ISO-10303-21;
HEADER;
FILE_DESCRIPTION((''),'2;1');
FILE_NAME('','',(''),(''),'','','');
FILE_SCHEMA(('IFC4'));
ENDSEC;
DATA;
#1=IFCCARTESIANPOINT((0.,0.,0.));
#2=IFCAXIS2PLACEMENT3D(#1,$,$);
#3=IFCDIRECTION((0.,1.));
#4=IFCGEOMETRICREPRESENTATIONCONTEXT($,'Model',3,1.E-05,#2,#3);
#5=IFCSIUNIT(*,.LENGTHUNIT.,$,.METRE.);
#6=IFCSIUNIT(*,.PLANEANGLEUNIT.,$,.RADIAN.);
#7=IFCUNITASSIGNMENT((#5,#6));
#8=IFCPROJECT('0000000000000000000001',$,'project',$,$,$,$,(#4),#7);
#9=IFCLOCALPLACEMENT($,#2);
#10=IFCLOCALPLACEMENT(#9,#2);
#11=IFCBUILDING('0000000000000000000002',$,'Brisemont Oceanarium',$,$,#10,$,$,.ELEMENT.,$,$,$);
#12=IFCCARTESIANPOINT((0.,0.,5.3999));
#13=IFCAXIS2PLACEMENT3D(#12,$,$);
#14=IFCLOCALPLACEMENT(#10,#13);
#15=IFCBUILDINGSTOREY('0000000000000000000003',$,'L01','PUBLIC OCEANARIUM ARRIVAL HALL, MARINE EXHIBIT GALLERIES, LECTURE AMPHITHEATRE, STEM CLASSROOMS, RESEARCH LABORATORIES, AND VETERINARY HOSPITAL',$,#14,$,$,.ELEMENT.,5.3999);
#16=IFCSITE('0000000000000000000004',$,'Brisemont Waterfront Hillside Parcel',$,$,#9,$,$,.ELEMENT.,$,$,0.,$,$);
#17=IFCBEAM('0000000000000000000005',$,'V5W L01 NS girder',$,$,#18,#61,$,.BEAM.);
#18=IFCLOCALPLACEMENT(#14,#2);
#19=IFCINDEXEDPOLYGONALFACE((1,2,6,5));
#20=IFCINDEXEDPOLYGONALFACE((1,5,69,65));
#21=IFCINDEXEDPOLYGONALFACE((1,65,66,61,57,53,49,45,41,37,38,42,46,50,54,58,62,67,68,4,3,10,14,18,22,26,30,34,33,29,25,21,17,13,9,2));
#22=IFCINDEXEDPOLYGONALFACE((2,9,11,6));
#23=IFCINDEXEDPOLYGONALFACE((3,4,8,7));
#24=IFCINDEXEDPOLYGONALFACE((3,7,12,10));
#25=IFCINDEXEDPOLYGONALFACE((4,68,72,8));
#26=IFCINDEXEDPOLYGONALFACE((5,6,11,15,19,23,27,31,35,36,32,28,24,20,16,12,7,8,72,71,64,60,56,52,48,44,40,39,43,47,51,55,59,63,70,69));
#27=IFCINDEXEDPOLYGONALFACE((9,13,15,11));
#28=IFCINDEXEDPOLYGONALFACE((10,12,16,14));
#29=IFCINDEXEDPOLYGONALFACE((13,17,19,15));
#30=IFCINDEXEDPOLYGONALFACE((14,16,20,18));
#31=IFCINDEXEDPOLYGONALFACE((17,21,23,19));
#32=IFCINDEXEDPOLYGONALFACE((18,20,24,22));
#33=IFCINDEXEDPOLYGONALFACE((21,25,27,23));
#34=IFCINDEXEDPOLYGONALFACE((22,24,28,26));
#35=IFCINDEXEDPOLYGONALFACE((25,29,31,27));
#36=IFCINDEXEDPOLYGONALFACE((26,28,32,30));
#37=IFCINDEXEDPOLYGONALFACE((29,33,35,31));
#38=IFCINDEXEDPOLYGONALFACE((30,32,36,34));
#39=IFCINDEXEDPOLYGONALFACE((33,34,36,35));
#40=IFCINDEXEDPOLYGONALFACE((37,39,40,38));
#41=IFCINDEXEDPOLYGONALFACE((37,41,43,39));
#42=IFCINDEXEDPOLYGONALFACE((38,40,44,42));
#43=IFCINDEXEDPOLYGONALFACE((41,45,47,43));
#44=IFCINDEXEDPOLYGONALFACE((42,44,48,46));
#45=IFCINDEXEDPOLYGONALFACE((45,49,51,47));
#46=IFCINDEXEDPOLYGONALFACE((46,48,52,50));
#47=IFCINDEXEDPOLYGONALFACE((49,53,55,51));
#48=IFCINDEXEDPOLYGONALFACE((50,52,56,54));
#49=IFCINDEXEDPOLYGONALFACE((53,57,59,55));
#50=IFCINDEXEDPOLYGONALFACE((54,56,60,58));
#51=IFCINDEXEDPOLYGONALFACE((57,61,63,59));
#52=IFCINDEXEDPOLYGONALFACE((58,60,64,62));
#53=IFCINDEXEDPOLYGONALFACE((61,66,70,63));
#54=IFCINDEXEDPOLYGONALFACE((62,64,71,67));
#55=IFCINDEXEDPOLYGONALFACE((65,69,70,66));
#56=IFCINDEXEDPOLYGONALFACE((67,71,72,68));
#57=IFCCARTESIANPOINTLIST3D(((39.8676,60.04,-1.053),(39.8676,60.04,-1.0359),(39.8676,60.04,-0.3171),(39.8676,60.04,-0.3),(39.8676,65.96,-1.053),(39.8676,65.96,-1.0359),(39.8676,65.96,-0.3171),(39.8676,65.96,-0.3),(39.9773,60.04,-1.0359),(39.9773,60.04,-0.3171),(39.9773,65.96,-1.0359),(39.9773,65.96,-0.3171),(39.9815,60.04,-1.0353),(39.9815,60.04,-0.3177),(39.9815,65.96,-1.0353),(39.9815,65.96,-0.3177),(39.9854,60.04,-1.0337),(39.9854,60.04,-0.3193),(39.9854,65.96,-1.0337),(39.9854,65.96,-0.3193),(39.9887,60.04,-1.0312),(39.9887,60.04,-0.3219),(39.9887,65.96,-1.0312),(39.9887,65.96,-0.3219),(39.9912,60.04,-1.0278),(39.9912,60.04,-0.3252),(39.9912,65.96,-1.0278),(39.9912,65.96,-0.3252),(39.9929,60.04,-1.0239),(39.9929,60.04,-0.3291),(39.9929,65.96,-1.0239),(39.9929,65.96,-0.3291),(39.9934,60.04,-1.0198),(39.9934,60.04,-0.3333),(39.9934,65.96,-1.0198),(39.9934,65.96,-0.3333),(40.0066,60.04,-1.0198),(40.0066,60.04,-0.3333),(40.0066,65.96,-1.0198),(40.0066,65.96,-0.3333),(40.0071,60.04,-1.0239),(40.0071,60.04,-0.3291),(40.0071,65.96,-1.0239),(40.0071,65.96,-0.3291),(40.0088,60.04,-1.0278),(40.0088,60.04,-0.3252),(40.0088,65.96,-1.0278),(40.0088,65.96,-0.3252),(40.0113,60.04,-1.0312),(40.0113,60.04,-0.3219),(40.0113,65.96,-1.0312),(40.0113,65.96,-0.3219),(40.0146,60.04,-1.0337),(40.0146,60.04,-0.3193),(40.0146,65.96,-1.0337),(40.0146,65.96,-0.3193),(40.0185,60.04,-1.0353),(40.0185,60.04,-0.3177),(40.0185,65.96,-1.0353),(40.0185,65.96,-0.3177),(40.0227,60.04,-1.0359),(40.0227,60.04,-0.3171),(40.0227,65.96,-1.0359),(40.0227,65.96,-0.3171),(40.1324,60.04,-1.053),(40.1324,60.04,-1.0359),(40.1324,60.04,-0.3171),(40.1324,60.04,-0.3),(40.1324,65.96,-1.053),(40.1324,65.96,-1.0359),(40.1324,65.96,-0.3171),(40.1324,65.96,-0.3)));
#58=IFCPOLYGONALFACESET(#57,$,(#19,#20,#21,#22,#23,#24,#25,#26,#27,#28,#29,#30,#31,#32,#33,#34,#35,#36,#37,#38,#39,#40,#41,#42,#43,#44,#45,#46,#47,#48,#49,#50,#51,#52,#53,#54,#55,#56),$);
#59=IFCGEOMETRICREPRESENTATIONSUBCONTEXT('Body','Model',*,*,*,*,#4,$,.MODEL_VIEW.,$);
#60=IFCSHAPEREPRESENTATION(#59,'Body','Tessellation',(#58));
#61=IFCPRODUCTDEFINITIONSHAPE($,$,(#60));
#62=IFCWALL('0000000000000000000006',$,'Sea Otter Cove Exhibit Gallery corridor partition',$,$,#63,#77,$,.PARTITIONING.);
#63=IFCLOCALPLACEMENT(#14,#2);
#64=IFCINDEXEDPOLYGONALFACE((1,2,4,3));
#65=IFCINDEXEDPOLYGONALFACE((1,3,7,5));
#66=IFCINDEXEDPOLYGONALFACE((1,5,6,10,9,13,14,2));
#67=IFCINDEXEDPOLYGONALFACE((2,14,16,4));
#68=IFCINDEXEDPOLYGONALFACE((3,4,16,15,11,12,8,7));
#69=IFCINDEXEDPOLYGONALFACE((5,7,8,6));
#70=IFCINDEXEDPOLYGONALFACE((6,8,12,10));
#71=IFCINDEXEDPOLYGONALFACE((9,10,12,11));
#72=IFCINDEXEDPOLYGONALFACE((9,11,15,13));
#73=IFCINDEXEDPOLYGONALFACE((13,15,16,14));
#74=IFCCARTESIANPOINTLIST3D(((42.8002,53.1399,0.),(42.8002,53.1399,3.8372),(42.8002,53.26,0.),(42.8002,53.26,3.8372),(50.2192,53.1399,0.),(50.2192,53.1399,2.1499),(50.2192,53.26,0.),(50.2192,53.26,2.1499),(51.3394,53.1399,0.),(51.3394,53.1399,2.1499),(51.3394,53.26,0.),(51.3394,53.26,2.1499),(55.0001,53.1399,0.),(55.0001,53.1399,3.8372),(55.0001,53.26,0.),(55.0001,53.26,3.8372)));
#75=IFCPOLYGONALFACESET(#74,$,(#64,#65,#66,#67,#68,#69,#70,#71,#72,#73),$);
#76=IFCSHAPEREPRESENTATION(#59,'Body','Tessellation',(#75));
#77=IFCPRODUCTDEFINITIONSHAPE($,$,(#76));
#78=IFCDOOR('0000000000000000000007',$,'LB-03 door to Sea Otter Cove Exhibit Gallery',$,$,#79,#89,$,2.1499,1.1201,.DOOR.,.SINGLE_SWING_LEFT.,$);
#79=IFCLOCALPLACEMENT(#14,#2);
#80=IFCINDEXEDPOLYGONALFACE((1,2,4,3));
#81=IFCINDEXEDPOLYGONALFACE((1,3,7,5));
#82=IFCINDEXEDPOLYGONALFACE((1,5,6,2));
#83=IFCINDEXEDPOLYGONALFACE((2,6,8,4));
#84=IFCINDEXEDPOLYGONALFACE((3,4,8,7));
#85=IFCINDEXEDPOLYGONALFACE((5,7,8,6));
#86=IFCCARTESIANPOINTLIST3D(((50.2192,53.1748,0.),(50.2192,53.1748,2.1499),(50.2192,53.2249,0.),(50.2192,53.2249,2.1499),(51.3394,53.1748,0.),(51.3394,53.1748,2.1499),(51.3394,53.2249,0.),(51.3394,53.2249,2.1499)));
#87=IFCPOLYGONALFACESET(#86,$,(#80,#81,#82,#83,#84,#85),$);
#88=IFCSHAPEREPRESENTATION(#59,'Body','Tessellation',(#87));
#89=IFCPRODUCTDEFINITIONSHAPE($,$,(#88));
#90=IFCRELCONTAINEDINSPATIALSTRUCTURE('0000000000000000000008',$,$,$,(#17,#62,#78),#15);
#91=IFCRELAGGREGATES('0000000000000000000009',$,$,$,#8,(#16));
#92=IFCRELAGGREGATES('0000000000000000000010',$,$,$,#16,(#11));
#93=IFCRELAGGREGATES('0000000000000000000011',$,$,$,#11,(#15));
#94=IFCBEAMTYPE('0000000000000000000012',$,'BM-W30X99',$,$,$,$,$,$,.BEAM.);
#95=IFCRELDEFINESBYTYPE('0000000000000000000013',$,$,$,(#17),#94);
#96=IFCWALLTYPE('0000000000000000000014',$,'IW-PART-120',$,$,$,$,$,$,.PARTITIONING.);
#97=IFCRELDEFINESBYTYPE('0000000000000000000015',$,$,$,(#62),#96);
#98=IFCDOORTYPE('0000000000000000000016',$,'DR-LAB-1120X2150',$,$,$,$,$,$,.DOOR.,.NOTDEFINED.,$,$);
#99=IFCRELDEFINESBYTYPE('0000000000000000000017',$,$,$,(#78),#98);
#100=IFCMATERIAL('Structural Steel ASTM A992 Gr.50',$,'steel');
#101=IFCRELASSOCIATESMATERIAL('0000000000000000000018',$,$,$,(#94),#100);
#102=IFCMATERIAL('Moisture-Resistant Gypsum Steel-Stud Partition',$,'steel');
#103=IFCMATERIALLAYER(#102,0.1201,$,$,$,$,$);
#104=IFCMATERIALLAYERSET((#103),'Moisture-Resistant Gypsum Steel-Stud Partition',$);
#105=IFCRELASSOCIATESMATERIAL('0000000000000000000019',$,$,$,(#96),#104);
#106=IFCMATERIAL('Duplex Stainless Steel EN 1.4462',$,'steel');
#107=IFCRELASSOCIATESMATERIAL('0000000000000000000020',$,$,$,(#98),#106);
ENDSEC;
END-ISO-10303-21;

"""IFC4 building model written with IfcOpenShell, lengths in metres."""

from ifc_helpers import new_model, si_unit, direction, frame, frame_2d, origin, origin_2d, place, context, subcontext, project, spatial, rectangle, i_section, extrude, material, layer, layer_set, material_profile, profile_set, type_object, element, fill, save


model = new_model("IFC4")

# Units and contexts
model_context = context("Model", 3, precision=1e-05, world=origin(), true_north=direction((0.0, 1.0)))
body_context = subcontext(model_context, "Body", "Model", "MODEL_VIEW")
ifc_project = project(units=[si_unit("LENGTHUNIT", "METRE"), si_unit("PLANEANGLEUNIT", "RADIAN")], contexts=[model_context])

# Site, building, storey
site_placement = place(None, origin())
site = spatial("IfcSite", under=ifc_project, at=site_placement, Name="Brisemont Waterfront Hillside Parcel", CompositionType="ELEMENT", RefElevation=0.0)
building_placement = place(site_placement, origin())
building = spatial("IfcBuilding", under=site, at=building_placement, Name="Brisemont Oceanarium", CompositionType="ELEMENT")
storey_placement = place(building_placement, frame((0.0, 0.0, 5.3999)))
storey = spatial("IfcBuildingStorey", under=building, at=storey_placement, Name="L01", Description="PUBLIC OCEANARIUM ARRIVAL HALL, MARINE EXHIBIT GALLERIES, LECTURE AMPHITHEATRE, STEM CLASSROOMS, RESEARCH LABORATORIES, AND VETERINARY HOSPITAL", CompositionType="ELEMENT", Elevation=5.3999)

# Beam
ifc_material_1 = material(Name="Structural Steel ASTM A992 Gr.50", Category="steel")
ifc_material_profile_1 = material_profile(ifc_material_1, i_section(OverallWidth=0.2649, OverallDepth=0.7529, WebThickness=0.0132, FlangeThickness=0.0171, FilletRadius=0.0161, at=origin_2d()), Name="W30X99")
ifc_profile_set_1 = profile_set([ifc_material_profile_1], Name="Structural Steel ASTM A992 Gr.50")
beam_type_1 = type_object("IfcBeamType", Name="BM-W30X99", PredefinedType="BEAM", material=ifc_profile_set_1)
beam_1_placement = place(storey_placement, frame((40.0, 60.04, -0.6765), z_axis=(0.0, 1.0, 0.0), x_axis=(-1.0, 0.0, 0.0)))
element("IfcBeam", 1, at=beam_1_placement, inside=storey, type_object=beam_type_1, Name="V5W L01 NS girder", PredefinedType="BEAM", context=body_context, shape_type="SweptSolid", body=[
    extrude(i_section(OverallWidth=0.2649, OverallDepth=0.7529, WebThickness=0.0132, FlangeThickness=0.0171, FilletRadius=0.0161, at=origin_2d()), origin(), (0.0, 0.0, 1.0), 5.9199),
])

# Wall, opening, door
ifc_material_2 = material(Name="Moisture-Resistant Gypsum Steel-Stud Partition", Category="steel")
ifc_layer = layer(ifc_material_2, 0.1201)
ifc_layer_set = layer_set([ifc_layer], Name="Moisture-Resistant Gypsum Steel-Stud Partition")
wall_type = type_object("IfcWallType", Name="IW-PART-120", PredefinedType="PARTITIONING", material=ifc_layer_set)
wall_placement = place(storey_placement, frame((42.8, 53.2, 0.0), z_axis=(0.0, 0.0, 1.0), x_axis=(1.0, 0.0, 0.0)))
wall = element("IfcWall", 2, at=wall_placement, inside=storey, type_object=wall_type, Name="Sea Otter Cove Exhibit Gallery corridor partition", PredefinedType="PARTITIONING", context=body_context, shape_type="SweptSolid", body=[
    extrude(rectangle(XDim=12.2, YDim=0.1201, at=frame_2d((6.1001, 0.0))), origin(), (0.0, 0.0, 1.0), 3.8372),
])
opening_placement = place(wall_placement, frame((7.4192, 0.0, 0.0)))
opening = element("IfcOpeningElement", 3, at=opening_placement, cuts=wall, PredefinedType="OPENING", context=body_context, shape_type="SweptSolid", body=[
    extrude(rectangle(XDim=1.1201, YDim=2.1499, at=frame_2d((0.5601, 1.075))), frame((0.0, 0.0701, 0.0), z_axis=(0.0, -1.0, 0.0), x_axis=(1.0, 0.0, 0.0)), (0.0, 0.0, 1.0), 0.1401),
])
ifc_material_3 = material(Name="Duplex Stainless Steel EN 1.4462", Category="steel")
door_type = type_object("IfcDoorType", Name="DR-LAB-1120X2150", OperationType="NOTDEFINED", PredefinedType="DOOR", material=ifc_material_3)
door_placement = place(opening_placement, origin())
door = element("IfcDoor", 4, at=door_placement, inside=storey, type_object=door_type, Name="LB-03 door to Sea Otter Cove Exhibit Gallery", OperationType="SINGLE_SWING_LEFT", OverallHeight=2.1499, OverallWidth=1.1201, PredefinedType="DOOR", context=body_context, shape_type="SweptSolid", body=[
    extrude(rectangle(XDim=1.1201, YDim=2.1499, at=frame_2d((0.5601, 1.075))), frame((0.0, 0.0249, 0.0), z_axis=(0.0, -1.0, 0.0), x_axis=(1.0, 0.0, 0.0)), (0.0, 0.0, 1.0), 0.05),
])
fill(opening, door)

save(model, "model.ifc")
